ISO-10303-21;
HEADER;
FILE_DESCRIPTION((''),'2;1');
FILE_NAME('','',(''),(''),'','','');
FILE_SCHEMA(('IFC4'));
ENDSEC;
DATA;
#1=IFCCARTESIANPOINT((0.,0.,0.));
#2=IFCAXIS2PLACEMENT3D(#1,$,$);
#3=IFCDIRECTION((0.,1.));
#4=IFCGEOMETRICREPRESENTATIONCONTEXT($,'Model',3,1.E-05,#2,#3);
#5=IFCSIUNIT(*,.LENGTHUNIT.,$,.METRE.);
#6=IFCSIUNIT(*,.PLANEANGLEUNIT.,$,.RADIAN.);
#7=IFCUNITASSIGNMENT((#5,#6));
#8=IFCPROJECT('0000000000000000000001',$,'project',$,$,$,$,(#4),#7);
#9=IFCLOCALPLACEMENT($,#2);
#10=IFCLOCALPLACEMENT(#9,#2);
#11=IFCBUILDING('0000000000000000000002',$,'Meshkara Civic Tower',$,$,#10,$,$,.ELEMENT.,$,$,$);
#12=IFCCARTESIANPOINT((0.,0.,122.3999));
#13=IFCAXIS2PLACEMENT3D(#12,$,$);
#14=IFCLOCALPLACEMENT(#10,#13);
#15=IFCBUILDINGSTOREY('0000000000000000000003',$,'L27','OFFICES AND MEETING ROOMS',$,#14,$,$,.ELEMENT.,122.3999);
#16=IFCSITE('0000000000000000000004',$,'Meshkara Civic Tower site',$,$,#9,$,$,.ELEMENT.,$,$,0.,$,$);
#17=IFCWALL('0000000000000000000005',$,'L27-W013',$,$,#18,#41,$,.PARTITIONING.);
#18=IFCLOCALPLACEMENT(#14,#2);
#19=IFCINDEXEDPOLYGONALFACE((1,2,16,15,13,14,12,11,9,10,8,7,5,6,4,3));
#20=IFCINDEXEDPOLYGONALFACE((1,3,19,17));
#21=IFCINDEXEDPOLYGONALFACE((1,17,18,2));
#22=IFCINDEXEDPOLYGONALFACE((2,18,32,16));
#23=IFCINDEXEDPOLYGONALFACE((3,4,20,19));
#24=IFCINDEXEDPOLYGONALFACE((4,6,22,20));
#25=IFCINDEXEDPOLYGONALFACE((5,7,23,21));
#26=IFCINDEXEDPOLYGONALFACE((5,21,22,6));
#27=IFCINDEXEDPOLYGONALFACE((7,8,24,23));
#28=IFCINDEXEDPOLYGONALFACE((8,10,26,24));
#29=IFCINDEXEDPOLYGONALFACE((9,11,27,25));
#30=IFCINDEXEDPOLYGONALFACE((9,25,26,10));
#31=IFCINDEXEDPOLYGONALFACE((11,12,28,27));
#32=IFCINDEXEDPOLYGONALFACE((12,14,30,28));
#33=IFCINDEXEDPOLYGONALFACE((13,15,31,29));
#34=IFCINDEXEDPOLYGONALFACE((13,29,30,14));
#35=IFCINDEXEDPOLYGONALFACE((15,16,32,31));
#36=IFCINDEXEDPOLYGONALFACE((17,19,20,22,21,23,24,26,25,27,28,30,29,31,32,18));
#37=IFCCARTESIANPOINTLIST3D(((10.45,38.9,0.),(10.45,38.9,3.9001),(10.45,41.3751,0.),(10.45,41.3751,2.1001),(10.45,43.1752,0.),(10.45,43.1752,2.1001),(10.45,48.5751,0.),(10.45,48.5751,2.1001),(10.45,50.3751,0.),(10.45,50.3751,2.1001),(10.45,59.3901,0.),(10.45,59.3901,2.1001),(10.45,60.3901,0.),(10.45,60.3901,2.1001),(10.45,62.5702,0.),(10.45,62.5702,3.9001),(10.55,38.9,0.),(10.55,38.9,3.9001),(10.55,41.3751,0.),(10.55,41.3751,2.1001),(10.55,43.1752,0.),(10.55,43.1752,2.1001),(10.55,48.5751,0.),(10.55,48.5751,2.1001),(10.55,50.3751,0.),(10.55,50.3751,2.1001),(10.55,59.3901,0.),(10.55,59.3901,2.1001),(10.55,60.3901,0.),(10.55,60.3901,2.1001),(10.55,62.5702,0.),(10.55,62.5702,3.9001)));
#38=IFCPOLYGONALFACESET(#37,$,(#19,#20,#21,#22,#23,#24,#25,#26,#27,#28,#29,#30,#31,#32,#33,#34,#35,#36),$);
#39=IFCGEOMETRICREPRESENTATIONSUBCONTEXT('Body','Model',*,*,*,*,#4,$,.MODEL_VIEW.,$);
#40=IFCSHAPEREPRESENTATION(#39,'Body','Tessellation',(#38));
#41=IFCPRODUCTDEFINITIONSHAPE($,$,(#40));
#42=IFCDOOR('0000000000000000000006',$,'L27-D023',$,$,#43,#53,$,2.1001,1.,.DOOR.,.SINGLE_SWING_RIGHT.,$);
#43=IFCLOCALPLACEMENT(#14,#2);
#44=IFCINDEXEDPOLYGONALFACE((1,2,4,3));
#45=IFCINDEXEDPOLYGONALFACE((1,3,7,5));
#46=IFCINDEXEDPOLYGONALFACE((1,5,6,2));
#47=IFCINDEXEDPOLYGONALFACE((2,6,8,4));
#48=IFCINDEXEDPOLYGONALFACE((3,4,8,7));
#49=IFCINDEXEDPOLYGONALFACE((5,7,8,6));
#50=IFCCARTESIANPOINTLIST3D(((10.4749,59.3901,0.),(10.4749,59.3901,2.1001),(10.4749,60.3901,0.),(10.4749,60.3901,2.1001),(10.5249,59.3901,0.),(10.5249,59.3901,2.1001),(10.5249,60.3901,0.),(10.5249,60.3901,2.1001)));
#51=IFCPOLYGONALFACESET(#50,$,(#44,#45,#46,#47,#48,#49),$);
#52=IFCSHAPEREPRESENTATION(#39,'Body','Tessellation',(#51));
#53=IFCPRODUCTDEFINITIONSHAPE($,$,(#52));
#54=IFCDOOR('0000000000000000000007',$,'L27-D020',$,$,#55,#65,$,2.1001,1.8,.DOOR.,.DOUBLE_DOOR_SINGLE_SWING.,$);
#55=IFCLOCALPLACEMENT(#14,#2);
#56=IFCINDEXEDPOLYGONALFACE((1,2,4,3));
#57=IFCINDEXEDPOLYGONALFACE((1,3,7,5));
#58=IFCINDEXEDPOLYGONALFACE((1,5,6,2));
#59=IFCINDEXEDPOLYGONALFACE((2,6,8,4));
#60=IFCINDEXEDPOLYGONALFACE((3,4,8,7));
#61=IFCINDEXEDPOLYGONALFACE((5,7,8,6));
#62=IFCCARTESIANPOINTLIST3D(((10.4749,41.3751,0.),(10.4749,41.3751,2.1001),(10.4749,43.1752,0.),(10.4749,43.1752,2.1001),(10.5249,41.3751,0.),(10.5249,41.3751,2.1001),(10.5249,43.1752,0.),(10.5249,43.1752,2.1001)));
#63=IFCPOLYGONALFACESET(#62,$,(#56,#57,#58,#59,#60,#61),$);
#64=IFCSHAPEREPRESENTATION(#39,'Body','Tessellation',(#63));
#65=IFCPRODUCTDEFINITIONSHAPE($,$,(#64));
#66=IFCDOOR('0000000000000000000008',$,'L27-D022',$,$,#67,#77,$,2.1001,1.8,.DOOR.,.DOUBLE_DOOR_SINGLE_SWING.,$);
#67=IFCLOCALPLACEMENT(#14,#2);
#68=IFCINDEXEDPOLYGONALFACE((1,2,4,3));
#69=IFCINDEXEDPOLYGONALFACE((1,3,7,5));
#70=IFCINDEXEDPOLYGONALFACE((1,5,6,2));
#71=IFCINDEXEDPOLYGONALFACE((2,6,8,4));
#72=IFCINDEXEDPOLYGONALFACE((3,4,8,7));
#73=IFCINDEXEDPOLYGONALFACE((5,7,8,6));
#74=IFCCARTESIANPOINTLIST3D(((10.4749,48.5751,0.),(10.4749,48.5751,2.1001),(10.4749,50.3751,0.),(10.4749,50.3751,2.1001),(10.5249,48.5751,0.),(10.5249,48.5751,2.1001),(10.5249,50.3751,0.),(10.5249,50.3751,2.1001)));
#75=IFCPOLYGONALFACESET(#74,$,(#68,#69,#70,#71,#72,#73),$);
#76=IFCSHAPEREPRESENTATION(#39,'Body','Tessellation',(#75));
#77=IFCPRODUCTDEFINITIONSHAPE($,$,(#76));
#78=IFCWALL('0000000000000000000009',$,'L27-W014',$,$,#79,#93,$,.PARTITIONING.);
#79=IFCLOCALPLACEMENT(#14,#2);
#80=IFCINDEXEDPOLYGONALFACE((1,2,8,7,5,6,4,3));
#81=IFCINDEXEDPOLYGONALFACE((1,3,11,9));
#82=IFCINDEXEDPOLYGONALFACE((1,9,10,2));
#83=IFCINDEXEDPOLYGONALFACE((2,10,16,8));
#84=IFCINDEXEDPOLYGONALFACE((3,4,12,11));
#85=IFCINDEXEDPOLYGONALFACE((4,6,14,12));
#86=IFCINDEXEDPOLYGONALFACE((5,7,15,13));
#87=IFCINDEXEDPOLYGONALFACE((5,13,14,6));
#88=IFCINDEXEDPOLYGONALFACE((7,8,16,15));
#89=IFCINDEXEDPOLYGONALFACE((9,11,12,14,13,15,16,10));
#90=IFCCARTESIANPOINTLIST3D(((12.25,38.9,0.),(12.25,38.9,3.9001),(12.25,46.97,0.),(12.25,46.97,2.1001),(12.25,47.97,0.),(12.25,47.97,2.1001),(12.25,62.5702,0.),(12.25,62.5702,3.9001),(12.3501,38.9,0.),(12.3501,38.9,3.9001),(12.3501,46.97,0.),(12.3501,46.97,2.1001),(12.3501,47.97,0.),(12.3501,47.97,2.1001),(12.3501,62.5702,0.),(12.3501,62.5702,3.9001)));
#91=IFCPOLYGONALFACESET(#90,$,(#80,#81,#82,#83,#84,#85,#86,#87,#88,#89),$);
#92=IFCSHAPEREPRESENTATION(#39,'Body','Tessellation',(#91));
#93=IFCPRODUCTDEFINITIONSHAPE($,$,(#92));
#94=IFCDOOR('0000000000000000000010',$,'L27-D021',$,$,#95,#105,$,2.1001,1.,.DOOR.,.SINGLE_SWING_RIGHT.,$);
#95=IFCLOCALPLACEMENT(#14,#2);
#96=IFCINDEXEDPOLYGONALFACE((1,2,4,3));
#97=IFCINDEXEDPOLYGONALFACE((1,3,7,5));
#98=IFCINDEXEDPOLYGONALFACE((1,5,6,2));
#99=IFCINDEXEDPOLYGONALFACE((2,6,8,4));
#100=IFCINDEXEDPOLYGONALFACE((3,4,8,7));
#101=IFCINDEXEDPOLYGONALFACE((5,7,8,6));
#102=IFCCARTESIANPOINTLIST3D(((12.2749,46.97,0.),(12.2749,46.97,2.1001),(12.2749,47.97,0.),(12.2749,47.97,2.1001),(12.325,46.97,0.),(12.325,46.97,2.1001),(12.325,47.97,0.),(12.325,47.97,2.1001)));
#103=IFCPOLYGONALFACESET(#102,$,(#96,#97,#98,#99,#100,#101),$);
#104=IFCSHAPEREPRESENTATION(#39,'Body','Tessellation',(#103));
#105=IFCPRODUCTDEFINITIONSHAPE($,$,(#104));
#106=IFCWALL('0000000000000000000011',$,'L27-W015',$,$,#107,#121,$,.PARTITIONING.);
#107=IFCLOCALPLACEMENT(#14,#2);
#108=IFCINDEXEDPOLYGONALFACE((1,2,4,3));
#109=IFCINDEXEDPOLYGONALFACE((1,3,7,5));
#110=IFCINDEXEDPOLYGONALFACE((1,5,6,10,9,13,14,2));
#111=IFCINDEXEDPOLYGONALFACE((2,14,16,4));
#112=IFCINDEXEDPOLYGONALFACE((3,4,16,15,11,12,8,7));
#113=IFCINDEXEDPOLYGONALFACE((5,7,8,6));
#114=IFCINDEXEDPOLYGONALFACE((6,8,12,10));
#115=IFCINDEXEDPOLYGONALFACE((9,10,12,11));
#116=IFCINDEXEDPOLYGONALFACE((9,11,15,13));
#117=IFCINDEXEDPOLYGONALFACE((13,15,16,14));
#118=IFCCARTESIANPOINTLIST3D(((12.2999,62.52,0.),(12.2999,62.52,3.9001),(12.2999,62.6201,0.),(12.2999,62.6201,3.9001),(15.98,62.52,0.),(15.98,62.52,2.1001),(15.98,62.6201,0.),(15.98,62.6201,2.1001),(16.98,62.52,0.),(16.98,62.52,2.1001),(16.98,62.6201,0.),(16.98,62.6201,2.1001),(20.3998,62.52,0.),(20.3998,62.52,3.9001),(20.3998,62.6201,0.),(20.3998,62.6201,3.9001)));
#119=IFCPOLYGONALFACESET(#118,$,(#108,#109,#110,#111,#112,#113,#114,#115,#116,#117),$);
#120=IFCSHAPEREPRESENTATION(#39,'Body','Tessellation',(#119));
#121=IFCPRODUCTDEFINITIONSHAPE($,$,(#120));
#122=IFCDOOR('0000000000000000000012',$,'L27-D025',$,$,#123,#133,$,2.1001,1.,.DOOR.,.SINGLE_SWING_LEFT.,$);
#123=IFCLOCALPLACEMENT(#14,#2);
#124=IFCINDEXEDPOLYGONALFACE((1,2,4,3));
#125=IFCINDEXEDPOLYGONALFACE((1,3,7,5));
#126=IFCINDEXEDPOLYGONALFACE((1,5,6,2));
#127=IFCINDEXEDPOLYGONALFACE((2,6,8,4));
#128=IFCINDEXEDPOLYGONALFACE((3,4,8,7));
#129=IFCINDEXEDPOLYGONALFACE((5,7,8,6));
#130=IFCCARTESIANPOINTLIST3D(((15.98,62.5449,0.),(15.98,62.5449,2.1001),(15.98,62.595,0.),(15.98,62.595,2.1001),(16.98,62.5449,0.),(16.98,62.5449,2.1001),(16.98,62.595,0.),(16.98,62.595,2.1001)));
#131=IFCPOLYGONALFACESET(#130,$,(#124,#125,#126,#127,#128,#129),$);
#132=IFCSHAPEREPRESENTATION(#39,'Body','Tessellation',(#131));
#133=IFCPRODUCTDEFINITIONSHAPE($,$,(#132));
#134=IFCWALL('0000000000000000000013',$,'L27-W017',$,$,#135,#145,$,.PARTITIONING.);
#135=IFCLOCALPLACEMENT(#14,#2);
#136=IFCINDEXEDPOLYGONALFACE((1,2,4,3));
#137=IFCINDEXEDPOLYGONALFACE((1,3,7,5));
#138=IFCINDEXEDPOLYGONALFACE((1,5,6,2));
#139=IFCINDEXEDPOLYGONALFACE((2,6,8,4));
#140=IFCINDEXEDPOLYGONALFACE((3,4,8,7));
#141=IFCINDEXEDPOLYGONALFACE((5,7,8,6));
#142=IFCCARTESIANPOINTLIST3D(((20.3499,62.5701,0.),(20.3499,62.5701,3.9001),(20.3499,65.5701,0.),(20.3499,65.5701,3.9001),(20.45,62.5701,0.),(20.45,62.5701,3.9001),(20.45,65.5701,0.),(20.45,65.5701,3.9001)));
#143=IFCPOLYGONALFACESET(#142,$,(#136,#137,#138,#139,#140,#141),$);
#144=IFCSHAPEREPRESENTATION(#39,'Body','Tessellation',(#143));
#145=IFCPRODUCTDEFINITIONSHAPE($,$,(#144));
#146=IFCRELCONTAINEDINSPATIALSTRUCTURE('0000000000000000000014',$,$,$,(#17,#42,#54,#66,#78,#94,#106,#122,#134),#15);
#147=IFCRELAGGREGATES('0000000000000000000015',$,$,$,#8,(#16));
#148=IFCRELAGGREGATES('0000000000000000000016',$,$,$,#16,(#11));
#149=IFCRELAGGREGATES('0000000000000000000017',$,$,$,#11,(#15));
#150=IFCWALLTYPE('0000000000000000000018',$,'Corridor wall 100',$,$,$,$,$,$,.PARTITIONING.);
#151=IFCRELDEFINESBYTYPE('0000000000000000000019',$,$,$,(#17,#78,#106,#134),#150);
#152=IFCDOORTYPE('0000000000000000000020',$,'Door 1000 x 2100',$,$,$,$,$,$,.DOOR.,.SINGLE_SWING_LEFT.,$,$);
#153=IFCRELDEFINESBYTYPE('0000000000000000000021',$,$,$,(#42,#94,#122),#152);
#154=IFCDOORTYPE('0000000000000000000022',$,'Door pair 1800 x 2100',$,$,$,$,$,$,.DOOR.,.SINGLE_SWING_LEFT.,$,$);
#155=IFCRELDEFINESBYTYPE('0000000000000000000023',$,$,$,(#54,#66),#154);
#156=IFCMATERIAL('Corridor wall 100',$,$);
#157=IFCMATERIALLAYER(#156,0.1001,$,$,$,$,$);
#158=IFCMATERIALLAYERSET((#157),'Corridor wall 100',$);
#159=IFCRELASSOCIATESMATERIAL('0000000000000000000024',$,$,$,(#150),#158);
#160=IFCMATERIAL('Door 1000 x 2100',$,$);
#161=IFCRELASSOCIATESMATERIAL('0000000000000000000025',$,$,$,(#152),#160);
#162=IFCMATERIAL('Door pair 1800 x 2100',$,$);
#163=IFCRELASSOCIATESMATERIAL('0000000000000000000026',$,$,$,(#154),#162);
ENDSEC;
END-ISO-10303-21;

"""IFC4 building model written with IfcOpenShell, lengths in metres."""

from ifc_helpers import new_model, si_unit, direction, frame, frame_2d, origin, place, context, subcontext, project, spatial, rectangle, extrude, material, layer, layer_set, type_object, element, fill, save


model = new_model("IFC4")

# Units and contexts
model_context = context("Model", 3, precision=1e-05, world=origin(), true_north=direction((0.0, 1.0)))
body_context = subcontext(model_context, "Body", "Model", "MODEL_VIEW")
ifc_project = project(units=[si_unit("LENGTHUNIT", "METRE"), si_unit("PLANEANGLEUNIT", "RADIAN")], contexts=[model_context])

# Site, building, storey
site_placement = place(None, origin())
site = spatial("IfcSite", under=ifc_project, at=site_placement, Name="Meshkara Civic Tower site", CompositionType="ELEMENT", RefElevation=0.0)
building_placement = place(site_placement, origin())
building = spatial("IfcBuilding", under=site, at=building_placement, Name="Meshkara Civic Tower", CompositionType="ELEMENT")
storey_placement = place(building_placement, frame((0.0, 0.0, 122.3999)))
storey = spatial("IfcBuildingStorey", under=building, at=storey_placement, Name="L27", Description="OFFICES AND MEETING ROOMS", CompositionType="ELEMENT", Elevation=122.3999)

# Shared definitions
ifc_material_1 = material(Name="Corridor wall 100")
ifc_layer_1 = layer(ifc_material_1, 0.1001)
ifc_layer_set_1 = layer_set([ifc_layer_1], Name="Corridor wall 100")
wall_type_1 = type_object("IfcWallType", Name="Corridor wall 100", PredefinedType="PARTITIONING", material=ifc_layer_set_1)

# Wall, openings, doors
wall_1_placement = place(storey_placement, frame((10.5, 62.5701, 0.0), z_axis=(0.0, 0.0, 1.0), x_axis=(0.0, -1.0, 0.0)))
wall_1 = element("IfcWall", 1, at=wall_1_placement, inside=storey, type_object=wall_type_1, Name="L27-W013", PredefinedType="PARTITIONING", context=body_context, shape_type="SweptSolid", body=[
    extrude(rectangle(XDim=23.6702, YDim=0.1001, at=frame_2d((11.835, 0.0))), origin(), (0.0, 0.0, 1.0), 3.9001),
])
opening_1_placement = place(wall_1_placement, frame((19.395, 0.0, 0.0)))
opening_1 = element("IfcOpeningElement", 2, at=opening_1_placement, cuts=wall_1, PredefinedType="OPENING", context=body_context, shape_type="SweptSolid", body=[
    extrude(rectangle(XDim=1.8, YDim=2.1001, at=frame_2d((0.8999, 1.05))), frame((0.0, 0.0601, 0.0), z_axis=(0.0, -1.0, 0.0), x_axis=(1.0, 0.0, 0.0)), (0.0, 0.0, 1.0), 0.1201),
])
opening_2_placement = place(wall_1_placement, frame((12.1951, 0.0, 0.0)))
opening_2 = element("IfcOpeningElement", 3, at=opening_2_placement, cuts=wall_1, PredefinedType="OPENING", context=body_context, shape_type="SweptSolid", body=[
    extrude(rectangle(XDim=1.8, YDim=2.1001, at=frame_2d((0.8999, 1.05))), frame((0.0, 0.0601, 0.0), z_axis=(0.0, -1.0, 0.0), x_axis=(1.0, 0.0, 0.0)), (0.0, 0.0, 1.0), 0.1201),
])
opening_3_placement = place(wall_1_placement, frame((2.1799, 0.0, 0.0)))
opening_3 = element("IfcOpeningElement", 4, at=opening_3_placement, cuts=wall_1, PredefinedType="OPENING", context=body_context, shape_type="SweptSolid", body=[
    extrude(rectangle(XDim=1.0, YDim=2.1001, at=frame_2d((0.5, 1.05))), frame((0.0, 0.0601, 0.0), z_axis=(0.0, -1.0, 0.0), x_axis=(1.0, 0.0, 0.0)), (0.0, 0.0, 1.0), 0.1201),
])
ifc_material_2 = material(Name="Door 1000 x 2100")
door_type_1 = type_object("IfcDoorType", Name="Door 1000 x 2100", OperationType="SINGLE_SWING_LEFT", PredefinedType="DOOR", material=ifc_material_2)
door_1_placement = place(opening_3_placement, origin())
door_1 = element("IfcDoor", 5, at=door_1_placement, inside=storey, type_object=door_type_1, Name="L27-D023", OperationType="SINGLE_SWING_RIGHT", OverallHeight=2.1001, OverallWidth=1.0, PredefinedType="DOOR", context=body_context, shape_type="SweptSolid", body=[
    extrude(rectangle(XDim=1.0, YDim=2.1001, at=frame_2d((0.5, 1.05))), frame((0.0, 0.0249, 0.0), z_axis=(0.0, -1.0, 0.0), x_axis=(1.0, 0.0, 0.0)), (0.0, 0.0, 1.0), 0.05),
])
fill(opening_3, door_1)
ifc_material_3 = material(Name="Door pair 1800 x 2100")
door_type_2 = type_object("IfcDoorType", Name="Door pair 1800 x 2100", OperationType="SINGLE_SWING_LEFT", PredefinedType="DOOR", material=ifc_material_3)
door_2_placement = place(opening_1_placement, origin())
door_2 = element("IfcDoor", 6, at=door_2_placement, inside=storey, type_object=door_type_2, Name="L27-D020", OperationType="DOUBLE_DOOR_SINGLE_SWING", OverallHeight=2.1001, OverallWidth=1.8, PredefinedType="DOOR", context=body_context, shape_type="SweptSolid", body=[
    extrude(rectangle(XDim=1.8, YDim=2.1001, at=frame_2d((0.8999, 1.05))), frame((0.0, 0.0249, 0.0), z_axis=(0.0, -1.0, 0.0), x_axis=(1.0, 0.0, 0.0)), (0.0, 0.0, 1.0), 0.05),
])
fill(opening_1, door_2)
door_3_placement = place(opening_2_placement, origin())
door_3 = element("IfcDoor", 7, at=door_3_placement, inside=storey, type_object=door_type_2, Name="L27-D022", OperationType="DOUBLE_DOOR_SINGLE_SWING", OverallHeight=2.1001, OverallWidth=1.8, PredefinedType="DOOR", context=body_context, shape_type="SweptSolid", body=[
    extrude(rectangle(XDim=1.8, YDim=2.1001, at=frame_2d((0.8999, 1.05))), frame((0.0, 0.0249, 0.0), z_axis=(0.0, -1.0, 0.0), x_axis=(1.0, 0.0, 0.0)), (0.0, 0.0, 1.0), 0.05),
])
fill(opening_2, door_3)

# Walls, openings, doors
wall_2_placement = place(storey_placement, frame((12.3, 62.5701, 0.0), z_axis=(0.0, 0.0, 1.0), x_axis=(0.0, -1.0, 0.0)))
wall_2 = element("IfcWall", 8, at=wall_2_placement, inside=storey, type_object=wall_type_1, Name="L27-W014", PredefinedType="PARTITIONING", context=body_context, shape_type="SweptSolid", body=[
    extrude(rectangle(XDim=23.6702, YDim=0.1001, at=frame_2d((11.835, 0.0))), origin(), (0.0, 0.0, 1.0), 3.9001),
])
opening_4_placement = place(wall_2_placement, frame((14.6001, 0.0, 0.0)))
opening_4 = element("IfcOpeningElement", 9, at=opening_4_placement, cuts=wall_2, PredefinedType="OPENING", context=body_context, shape_type="SweptSolid", body=[
    extrude(rectangle(XDim=1.0, YDim=2.1001, at=frame_2d((0.5, 1.05))), frame((0.0, 0.0601, 0.0), z_axis=(0.0, -1.0, 0.0), x_axis=(1.0, 0.0, 0.0)), (0.0, 0.0, 1.0), 0.1201),
])
door_4_placement = place(opening_4_placement, origin())
door_4 = element("IfcDoor", 10, at=door_4_placement, inside=storey, type_object=door_type_1, Name="L27-D021", OperationType="SINGLE_SWING_RIGHT", OverallHeight=2.1001, OverallWidth=1.0, PredefinedType="DOOR", context=body_context, shape_type="SweptSolid", body=[
    extrude(rectangle(XDim=1.0, YDim=2.1001, at=frame_2d((0.5, 1.05))), frame((0.0, 0.0249, 0.0), z_axis=(0.0, -1.0, 0.0), x_axis=(1.0, 0.0, 0.0)), (0.0, 0.0, 1.0), 0.05),
])
fill(opening_4, door_4)
wall_3_placement = place(storey_placement, frame((12.3, 62.5701, 0.0), z_axis=(0.0, 0.0, 1.0), x_axis=(1.0, 0.0, 0.0)))
wall_3 = element("IfcWall", 11, at=wall_3_placement, inside=storey, type_object=wall_type_1, Name="L27-W015", PredefinedType="PARTITIONING", context=body_context, shape_type="SweptSolid", body=[
    extrude(rectangle(XDim=8.0999, YDim=0.1001, at=frame_2d((4.0498, 0.0))), origin(), (0.0, 0.0, 1.0), 3.9001),
])
opening_5_placement = place(wall_3_placement, frame((3.6799, 0.0, 0.0)))
opening_5 = element("IfcOpeningElement", 12, at=opening_5_placement, cuts=wall_3, PredefinedType="OPENING", context=body_context, shape_type="SweptSolid", body=[
    extrude(rectangle(XDim=1.0, YDim=2.1001, at=frame_2d((0.5, 1.05))), frame((0.0, 0.0601, 0.0), z_axis=(0.0, -1.0, 0.0), x_axis=(1.0, 0.0, 0.0)), (0.0, 0.0, 1.0), 0.1201),
])
door_5_placement = place(opening_5_placement, origin())
door_5 = element("IfcDoor", 13, at=door_5_placement, inside=storey, type_object=door_type_1, Name="L27-D025", OperationType="SINGLE_SWING_LEFT", OverallHeight=2.1001, OverallWidth=1.0, PredefinedType="DOOR", context=body_context, shape_type="SweptSolid", body=[
    extrude(rectangle(XDim=1.0, YDim=2.1001, at=frame_2d((0.5, 1.05))), frame((0.0, 0.0249, 0.0), z_axis=(0.0, -1.0, 0.0), x_axis=(1.0, 0.0, 0.0)), (0.0, 0.0, 1.0), 0.05),
])
fill(opening_5, door_5)

# Wall
wall_4_placement = place(storey_placement, frame((20.3999, 62.5701, 0.0), z_axis=(0.0, 0.0, 1.0), x_axis=(0.0, 1.0, 0.0)))
element("IfcWall", 14, at=wall_4_placement, inside=storey, type_object=wall_type_1, Name="L27-W017", PredefinedType="PARTITIONING", context=body_context, shape_type="SweptSolid", body=[
    extrude(rectangle(XDim=3.0, YDim=0.1001, at=frame_2d((1.5, 0.0))), origin(), (0.0, 0.0, 1.0), 3.9001),
])

save(model, "model.ifc")
